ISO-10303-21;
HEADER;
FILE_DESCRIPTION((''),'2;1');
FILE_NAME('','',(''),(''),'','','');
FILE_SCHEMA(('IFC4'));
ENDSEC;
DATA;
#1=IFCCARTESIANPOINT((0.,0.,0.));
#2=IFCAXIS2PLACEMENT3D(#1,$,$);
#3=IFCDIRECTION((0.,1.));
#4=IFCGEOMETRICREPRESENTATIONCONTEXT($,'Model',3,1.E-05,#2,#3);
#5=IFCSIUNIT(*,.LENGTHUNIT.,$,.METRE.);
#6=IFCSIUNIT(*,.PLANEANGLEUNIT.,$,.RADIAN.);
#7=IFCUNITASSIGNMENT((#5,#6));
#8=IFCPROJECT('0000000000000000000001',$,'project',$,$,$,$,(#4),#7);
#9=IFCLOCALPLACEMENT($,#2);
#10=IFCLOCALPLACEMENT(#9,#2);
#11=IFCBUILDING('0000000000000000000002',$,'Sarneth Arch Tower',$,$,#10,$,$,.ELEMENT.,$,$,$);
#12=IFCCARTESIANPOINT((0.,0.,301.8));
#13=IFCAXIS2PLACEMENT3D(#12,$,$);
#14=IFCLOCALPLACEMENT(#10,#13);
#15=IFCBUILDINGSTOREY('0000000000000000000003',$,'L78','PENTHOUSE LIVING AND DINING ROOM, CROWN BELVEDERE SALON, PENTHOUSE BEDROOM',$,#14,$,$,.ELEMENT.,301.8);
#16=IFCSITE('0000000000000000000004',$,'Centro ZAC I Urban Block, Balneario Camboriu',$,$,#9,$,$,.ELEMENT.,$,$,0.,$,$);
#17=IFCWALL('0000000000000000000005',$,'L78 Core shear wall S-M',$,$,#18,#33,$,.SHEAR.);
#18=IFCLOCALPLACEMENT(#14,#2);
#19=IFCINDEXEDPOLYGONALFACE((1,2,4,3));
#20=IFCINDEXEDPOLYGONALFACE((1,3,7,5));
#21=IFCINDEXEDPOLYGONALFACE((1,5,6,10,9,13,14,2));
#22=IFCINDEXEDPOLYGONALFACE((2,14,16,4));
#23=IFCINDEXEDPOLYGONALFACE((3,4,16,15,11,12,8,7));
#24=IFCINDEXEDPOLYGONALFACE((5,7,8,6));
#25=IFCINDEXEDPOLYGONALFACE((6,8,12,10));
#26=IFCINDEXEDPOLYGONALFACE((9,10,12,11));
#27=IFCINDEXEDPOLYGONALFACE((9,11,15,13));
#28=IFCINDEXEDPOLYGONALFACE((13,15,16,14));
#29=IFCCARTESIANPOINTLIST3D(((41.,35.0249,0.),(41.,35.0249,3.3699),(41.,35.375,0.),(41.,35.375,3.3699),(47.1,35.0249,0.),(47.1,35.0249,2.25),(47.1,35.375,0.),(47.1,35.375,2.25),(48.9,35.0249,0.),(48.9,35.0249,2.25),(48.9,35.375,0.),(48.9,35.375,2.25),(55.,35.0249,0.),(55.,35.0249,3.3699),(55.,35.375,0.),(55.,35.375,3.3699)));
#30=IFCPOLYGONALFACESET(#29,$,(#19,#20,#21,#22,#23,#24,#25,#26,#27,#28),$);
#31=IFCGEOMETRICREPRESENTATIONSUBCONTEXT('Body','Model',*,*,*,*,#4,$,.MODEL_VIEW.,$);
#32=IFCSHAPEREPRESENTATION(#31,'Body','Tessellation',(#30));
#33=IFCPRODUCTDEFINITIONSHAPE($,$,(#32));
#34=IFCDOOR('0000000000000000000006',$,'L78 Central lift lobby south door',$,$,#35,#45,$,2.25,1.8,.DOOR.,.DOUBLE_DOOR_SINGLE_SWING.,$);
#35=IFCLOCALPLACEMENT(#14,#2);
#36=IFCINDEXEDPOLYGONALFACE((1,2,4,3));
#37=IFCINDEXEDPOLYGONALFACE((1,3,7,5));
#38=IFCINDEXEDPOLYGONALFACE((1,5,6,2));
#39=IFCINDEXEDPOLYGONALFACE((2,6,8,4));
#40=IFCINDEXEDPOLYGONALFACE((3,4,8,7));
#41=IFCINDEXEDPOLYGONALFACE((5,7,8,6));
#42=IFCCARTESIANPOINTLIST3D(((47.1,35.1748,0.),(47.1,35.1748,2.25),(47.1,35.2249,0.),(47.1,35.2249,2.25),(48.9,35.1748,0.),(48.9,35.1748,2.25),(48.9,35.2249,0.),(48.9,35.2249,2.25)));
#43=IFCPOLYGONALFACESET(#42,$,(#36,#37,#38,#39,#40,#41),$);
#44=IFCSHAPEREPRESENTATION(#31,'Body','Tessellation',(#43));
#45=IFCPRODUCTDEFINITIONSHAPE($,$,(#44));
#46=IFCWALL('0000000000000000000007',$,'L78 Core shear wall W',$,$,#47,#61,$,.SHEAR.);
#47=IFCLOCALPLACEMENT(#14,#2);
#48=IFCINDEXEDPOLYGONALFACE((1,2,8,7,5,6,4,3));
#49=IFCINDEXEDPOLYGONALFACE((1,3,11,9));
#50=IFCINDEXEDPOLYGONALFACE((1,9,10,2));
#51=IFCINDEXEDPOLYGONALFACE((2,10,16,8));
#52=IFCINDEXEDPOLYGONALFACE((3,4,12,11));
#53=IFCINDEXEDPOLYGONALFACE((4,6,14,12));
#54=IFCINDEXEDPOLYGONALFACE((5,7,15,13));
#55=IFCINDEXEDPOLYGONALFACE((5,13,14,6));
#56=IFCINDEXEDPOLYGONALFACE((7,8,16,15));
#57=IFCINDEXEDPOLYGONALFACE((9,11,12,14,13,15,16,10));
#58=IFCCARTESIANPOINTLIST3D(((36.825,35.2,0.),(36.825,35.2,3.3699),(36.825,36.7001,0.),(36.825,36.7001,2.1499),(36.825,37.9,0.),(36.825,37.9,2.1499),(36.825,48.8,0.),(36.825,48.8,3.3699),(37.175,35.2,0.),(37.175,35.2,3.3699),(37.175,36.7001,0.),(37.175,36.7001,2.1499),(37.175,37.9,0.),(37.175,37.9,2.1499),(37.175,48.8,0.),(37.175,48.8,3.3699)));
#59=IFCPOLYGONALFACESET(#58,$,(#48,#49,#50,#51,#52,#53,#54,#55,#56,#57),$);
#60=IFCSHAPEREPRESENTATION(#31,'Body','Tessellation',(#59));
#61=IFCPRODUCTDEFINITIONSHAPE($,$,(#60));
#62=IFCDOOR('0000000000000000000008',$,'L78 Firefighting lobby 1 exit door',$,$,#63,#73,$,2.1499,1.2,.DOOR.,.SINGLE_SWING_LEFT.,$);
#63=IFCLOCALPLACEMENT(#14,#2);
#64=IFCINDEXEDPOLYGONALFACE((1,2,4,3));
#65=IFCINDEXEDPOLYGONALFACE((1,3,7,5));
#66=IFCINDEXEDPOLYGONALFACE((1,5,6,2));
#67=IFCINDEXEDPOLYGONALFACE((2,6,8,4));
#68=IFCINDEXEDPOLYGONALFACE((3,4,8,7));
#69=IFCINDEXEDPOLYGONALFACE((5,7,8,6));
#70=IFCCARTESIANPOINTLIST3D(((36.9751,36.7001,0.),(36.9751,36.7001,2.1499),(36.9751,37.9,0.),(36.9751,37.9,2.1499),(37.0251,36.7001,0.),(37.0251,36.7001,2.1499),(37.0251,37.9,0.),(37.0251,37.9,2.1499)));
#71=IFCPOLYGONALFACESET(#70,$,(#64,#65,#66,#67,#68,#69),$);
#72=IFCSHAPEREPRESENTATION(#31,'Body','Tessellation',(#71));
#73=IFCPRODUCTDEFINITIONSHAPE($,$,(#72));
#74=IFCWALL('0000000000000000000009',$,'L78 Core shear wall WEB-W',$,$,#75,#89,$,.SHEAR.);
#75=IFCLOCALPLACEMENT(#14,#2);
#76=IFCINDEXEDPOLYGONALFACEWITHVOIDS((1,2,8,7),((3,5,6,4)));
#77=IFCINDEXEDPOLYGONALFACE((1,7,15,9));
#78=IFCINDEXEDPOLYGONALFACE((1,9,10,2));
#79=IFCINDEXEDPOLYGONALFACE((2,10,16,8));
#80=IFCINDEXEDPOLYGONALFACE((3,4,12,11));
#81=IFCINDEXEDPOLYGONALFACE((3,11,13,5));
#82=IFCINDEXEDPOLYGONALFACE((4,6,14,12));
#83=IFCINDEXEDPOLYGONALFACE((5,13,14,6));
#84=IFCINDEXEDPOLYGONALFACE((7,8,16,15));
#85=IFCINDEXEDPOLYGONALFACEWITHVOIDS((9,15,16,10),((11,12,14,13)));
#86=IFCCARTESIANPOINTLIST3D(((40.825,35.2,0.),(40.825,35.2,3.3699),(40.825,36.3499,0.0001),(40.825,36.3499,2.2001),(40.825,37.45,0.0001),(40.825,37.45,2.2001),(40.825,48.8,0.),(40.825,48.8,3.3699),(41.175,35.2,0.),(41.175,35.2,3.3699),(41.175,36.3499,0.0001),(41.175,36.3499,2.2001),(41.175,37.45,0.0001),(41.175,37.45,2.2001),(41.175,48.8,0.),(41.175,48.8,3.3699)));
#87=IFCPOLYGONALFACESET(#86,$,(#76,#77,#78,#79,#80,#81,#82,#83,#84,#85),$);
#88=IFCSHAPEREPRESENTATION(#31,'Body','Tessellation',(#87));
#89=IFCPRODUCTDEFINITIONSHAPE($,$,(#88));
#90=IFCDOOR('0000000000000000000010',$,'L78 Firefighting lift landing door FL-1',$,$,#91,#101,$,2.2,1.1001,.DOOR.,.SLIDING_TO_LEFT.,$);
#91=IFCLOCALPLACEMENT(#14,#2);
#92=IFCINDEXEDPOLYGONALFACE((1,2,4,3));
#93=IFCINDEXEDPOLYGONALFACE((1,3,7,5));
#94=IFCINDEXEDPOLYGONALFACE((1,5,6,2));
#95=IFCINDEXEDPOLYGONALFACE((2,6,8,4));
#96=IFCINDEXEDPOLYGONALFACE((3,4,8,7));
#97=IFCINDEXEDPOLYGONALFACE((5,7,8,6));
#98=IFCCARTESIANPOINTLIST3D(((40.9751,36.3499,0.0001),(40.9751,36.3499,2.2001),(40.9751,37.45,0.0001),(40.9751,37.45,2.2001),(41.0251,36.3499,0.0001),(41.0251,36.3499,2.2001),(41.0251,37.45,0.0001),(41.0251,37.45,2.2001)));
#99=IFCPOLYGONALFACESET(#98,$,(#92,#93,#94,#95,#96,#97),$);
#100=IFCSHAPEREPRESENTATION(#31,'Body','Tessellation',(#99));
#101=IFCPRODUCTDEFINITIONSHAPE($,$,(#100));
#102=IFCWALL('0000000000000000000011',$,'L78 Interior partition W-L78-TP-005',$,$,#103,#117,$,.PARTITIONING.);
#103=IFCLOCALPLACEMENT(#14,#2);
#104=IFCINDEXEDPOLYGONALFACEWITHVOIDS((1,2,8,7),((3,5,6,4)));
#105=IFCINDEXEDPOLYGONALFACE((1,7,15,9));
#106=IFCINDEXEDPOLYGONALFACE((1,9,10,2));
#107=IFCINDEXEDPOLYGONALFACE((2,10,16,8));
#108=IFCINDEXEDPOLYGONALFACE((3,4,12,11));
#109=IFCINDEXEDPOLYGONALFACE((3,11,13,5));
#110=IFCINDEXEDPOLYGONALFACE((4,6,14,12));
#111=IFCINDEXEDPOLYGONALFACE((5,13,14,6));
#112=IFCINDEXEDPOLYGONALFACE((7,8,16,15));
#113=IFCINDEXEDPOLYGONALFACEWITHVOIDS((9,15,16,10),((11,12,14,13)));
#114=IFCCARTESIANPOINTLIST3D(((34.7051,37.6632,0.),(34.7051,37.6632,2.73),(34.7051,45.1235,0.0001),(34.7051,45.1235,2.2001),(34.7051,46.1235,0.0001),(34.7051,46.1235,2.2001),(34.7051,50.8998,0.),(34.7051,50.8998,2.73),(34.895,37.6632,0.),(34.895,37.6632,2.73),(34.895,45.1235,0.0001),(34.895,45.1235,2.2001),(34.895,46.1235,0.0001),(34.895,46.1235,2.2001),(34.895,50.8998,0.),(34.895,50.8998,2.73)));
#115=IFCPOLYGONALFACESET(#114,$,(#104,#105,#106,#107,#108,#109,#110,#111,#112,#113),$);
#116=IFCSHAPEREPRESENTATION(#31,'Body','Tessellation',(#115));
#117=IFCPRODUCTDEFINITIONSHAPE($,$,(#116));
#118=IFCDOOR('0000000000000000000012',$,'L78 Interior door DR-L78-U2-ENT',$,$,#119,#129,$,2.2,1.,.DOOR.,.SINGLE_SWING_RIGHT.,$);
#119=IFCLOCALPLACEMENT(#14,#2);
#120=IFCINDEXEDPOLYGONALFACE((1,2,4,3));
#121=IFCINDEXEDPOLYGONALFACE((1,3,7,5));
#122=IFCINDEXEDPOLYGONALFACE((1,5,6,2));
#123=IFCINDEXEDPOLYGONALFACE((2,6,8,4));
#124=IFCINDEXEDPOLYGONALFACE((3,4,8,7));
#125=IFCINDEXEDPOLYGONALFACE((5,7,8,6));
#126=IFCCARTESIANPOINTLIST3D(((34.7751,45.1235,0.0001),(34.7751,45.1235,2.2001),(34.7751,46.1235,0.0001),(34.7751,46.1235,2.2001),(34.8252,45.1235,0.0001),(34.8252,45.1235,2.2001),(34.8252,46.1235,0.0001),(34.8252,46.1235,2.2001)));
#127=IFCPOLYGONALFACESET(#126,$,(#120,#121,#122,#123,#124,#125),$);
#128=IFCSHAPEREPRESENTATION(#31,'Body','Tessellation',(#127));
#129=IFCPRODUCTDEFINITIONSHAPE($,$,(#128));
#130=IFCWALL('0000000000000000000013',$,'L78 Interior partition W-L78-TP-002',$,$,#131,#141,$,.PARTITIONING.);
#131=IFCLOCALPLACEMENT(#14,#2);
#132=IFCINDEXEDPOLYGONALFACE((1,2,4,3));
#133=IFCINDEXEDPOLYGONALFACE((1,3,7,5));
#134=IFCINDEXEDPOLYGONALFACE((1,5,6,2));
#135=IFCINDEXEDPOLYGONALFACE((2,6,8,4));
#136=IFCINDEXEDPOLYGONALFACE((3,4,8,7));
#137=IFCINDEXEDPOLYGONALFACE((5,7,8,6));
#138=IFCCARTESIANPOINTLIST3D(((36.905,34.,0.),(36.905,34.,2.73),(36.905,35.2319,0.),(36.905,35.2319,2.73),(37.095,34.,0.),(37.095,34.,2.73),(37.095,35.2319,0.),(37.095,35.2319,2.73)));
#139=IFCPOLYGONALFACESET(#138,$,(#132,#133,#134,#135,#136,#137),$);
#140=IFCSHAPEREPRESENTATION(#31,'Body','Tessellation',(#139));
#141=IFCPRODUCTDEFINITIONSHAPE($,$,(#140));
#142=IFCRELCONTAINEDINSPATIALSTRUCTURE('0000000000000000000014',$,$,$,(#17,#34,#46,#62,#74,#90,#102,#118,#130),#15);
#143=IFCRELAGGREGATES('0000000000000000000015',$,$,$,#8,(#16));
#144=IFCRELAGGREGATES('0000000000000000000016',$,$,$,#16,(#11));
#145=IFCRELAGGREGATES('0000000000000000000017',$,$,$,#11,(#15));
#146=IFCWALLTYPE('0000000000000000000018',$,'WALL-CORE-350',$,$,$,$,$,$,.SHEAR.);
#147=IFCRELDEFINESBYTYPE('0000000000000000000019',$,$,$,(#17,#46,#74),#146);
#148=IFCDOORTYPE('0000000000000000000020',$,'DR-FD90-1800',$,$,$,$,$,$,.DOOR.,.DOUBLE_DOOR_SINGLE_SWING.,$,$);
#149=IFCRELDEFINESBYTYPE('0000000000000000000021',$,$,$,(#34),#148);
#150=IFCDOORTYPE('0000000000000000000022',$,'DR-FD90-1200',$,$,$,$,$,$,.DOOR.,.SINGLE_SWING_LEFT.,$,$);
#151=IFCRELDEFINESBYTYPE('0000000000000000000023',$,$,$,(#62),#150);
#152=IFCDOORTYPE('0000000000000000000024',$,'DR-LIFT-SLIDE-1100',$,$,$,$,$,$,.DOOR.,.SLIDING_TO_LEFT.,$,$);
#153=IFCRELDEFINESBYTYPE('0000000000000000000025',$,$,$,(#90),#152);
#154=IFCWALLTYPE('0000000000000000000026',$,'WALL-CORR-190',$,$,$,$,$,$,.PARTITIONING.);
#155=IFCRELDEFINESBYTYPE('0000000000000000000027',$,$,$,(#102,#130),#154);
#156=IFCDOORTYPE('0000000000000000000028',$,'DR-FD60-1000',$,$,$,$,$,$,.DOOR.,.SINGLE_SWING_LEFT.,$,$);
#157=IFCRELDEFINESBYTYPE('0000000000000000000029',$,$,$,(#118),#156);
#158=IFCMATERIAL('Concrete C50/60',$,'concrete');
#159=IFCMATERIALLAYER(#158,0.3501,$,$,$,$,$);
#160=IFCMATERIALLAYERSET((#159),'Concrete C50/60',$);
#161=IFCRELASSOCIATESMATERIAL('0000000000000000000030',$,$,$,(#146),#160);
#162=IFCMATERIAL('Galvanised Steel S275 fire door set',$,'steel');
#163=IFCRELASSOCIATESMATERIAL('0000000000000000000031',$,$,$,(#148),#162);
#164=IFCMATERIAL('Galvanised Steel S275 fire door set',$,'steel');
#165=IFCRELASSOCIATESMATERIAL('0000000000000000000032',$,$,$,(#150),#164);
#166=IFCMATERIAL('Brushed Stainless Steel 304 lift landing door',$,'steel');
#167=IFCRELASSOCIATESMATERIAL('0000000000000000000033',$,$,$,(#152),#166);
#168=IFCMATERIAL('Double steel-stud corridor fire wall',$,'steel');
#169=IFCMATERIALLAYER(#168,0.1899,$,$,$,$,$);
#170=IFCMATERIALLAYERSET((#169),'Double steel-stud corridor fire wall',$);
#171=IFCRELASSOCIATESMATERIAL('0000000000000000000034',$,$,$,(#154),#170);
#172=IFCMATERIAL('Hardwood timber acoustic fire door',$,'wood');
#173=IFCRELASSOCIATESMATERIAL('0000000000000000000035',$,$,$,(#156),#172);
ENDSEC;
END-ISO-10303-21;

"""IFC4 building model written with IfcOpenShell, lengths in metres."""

from ifc_helpers import new_model, si_unit, direction, frame, frame_2d, origin, place, context, subcontext, project, spatial, rectangle, extrude, material, layer, layer_set, type_object, element, fill, save


model = new_model("IFC4")

# Units and contexts
model_context = context("Model", 3, precision=1e-05, world=origin(), true_north=direction((0.0, 1.0)))
body_context = subcontext(model_context, "Body", "Model", "MODEL_VIEW")
ifc_project = project(units=[si_unit("LENGTHUNIT", "METRE"), si_unit("PLANEANGLEUNIT", "RADIAN")], contexts=[model_context])

# Site, building, storey
site_placement = place(None, origin())
site = spatial("IfcSite", under=ifc_project, at=site_placement, Name="Centro ZAC I Urban Block, Balneario Camboriu", CompositionType="ELEMENT", RefElevation=0.0)
building_placement = place(site_placement, origin())
building = spatial("IfcBuilding", under=site, at=building_placement, Name="Sarneth Arch Tower", CompositionType="ELEMENT")
storey_placement = place(building_placement, frame((0.0, 0.0, 301.8)))
storey = spatial("IfcBuildingStorey", under=building, at=storey_placement, Name="L78", Description="PENTHOUSE LIVING AND DINING ROOM, CROWN BELVEDERE SALON, PENTHOUSE BEDROOM", CompositionType="ELEMENT", Elevation=301.8)

# Shared definitions
ifc_material_1 = material(Name="Concrete C50/60", Category="concrete")
ifc_layer_1 = layer(ifc_material_1, 0.3501)
ifc_layer_set_1 = layer_set([ifc_layer_1], Name="Concrete C50/60")
wall_type_1 = type_object("IfcWallType", Name="WALL-CORE-350", PredefinedType="SHEAR", material=ifc_layer_set_1)

# Walls, openings, doors
wall_1_placement = place(storey_placement, frame((41.0, 35.2, 0.0), z_axis=(0.0, 0.0, 1.0), x_axis=(1.0, 0.0, 0.0)))
wall_1 = element("IfcWall", 1, at=wall_1_placement, inside=storey, type_object=wall_type_1, Name="L78 Core shear wall S-M", PredefinedType="SHEAR", context=body_context, shape_type="SweptSolid", body=[
    extrude(rectangle(XDim=14.0, YDim=0.3501, at=frame_2d((7.0, 0.0))), origin(), (0.0, 0.0, 1.0), 3.3699),
])
opening_1_placement = place(wall_1_placement, frame((6.1001, 0.0, 0.0)))
opening_1 = element("IfcOpeningElement", 2, at=opening_1_placement, cuts=wall_1, PredefinedType="OPENING", context=body_context, shape_type="SweptSolid", body=[
    extrude(rectangle(XDim=1.8, YDim=2.25, at=frame_2d((0.8999, 1.125))), frame((0.0, 0.1851, 0.0), z_axis=(0.0, -1.0, 0.0), x_axis=(1.0, 0.0, 0.0)), (0.0, 0.0, 1.0), 0.3701),
])
ifc_material_2 = material(Name="Galvanised Steel S275 fire door set", Category="steel")
door_type_1 = type_object("IfcDoorType", Name="DR-FD90-1800", OperationType="DOUBLE_DOOR_SINGLE_SWING", PredefinedType="DOOR", material=ifc_material_2)
door_1_placement = place(opening_1_placement, origin())
door_1 = element("IfcDoor", 3, at=door_1_placement, inside=storey, type_object=door_type_1, Name="L78 Central lift lobby south door", OperationType="DOUBLE_DOOR_SINGLE_SWING", OverallHeight=2.25, OverallWidth=1.8, PredefinedType="DOOR", context=body_context, shape_type="SweptSolid", body=[
    extrude(rectangle(XDim=1.8, YDim=2.25, at=frame_2d((0.8999, 1.125))), frame((0.0, 0.0249, 0.0), z_axis=(0.0, -1.0, 0.0), x_axis=(1.0, 0.0, 0.0)), (0.0, 0.0, 1.0), 0.05),
])
fill(opening_1, door_1)
wall_2_placement = place(storey_placement, frame((37.0, 35.2, 0.0), z_axis=(0.0, 0.0, 1.0), x_axis=(0.0, 1.0, 0.0)))
wall_2 = element("IfcWall", 4, at=wall_2_placement, inside=storey, type_object=wall_type_1, Name="L78 Core shear wall W", PredefinedType="SHEAR", context=body_context, shape_type="SweptSolid", body=[
    extrude(rectangle(XDim=13.6001, YDim=0.3501, at=frame_2d((6.8, 0.0))), origin(), (0.0, 0.0, 1.0), 3.3699),
])
opening_2_placement = place(wall_2_placement, frame((1.5, 0.0, 0.0)))
opening_2 = element("IfcOpeningElement", 5, at=opening_2_placement, cuts=wall_2, PredefinedType="OPENING", context=body_context, shape_type="SweptSolid", body=[
    extrude(rectangle(XDim=1.2, YDim=2.1499, at=frame_2d((0.6001, 1.075))), frame((0.0, 0.1851, 0.0), z_axis=(0.0, -1.0, 0.0), x_axis=(1.0, 0.0, 0.0)), (0.0, 0.0, 1.0), 0.3701),
])
ifc_material_3 = material(Name="Galvanised Steel S275 fire door set", Category="steel")
door_type_2 = type_object("IfcDoorType", Name="DR-FD90-1200", OperationType="SINGLE_SWING_LEFT", PredefinedType="DOOR", material=ifc_material_3)
door_2_placement = place(opening_2_placement, origin())
door_2 = element("IfcDoor", 6, at=door_2_placement, inside=storey, type_object=door_type_2, Name="L78 Firefighting lobby 1 exit door", OperationType="SINGLE_SWING_LEFT", OverallHeight=2.1499, OverallWidth=1.2, PredefinedType="DOOR", context=body_context, shape_type="SweptSolid", body=[
    extrude(rectangle(XDim=1.2, YDim=2.1499, at=frame_2d((0.6001, 1.075))), frame((0.0, 0.0249, 0.0), z_axis=(0.0, -1.0, 0.0), x_axis=(1.0, 0.0, 0.0)), (0.0, 0.0, 1.0), 0.05),
])
fill(opening_2, door_2)
wall_3_placement = place(storey_placement, frame((41.0, 35.2, 0.0), z_axis=(0.0, 0.0, 1.0), x_axis=(0.0, 1.0, 0.0)))
wall_3 = element("IfcWall", 7, at=wall_3_placement, inside=storey, type_object=wall_type_1, Name="L78 Core shear wall WEB-W", PredefinedType="SHEAR", context=body_context, shape_type="SweptSolid", body=[
    extrude(rectangle(XDim=13.6001, YDim=0.3501, at=frame_2d((6.8, 0.0))), origin(), (0.0, 0.0, 1.0), 3.3699),
])
opening_3_placement = place(wall_3_placement, frame((1.1499, 0.0, 0.0)))
opening_3 = element("IfcOpeningElement", 8, at=opening_3_placement, cuts=wall_3, PredefinedType="OPENING", context=body_context, shape_type="SweptSolid", body=[
    extrude(rectangle(XDim=1.1001, YDim=2.2, at=frame_2d((0.55, 1.1001))), frame((0.0, 0.1851, 0.0), z_axis=(0.0, -1.0, 0.0), x_axis=(1.0, 0.0, 0.0)), (0.0, 0.0, 1.0), 0.3701),
])
ifc_material_4 = material(Name="Brushed Stainless Steel 304 lift landing door", Category="steel")
door_type_3 = type_object("IfcDoorType", Name="DR-LIFT-SLIDE-1100", OperationType="SLIDING_TO_LEFT", PredefinedType="DOOR", material=ifc_material_4)
door_3_placement = place(opening_3_placement, origin())
door_3 = element("IfcDoor", 9, at=door_3_placement, inside=storey, type_object=door_type_3, Name="L78 Firefighting lift landing door FL-1", OperationType="SLIDING_TO_LEFT", OverallHeight=2.2, OverallWidth=1.1001, PredefinedType="DOOR", context=body_context, shape_type="SweptSolid", body=[
    extrude(rectangle(XDim=1.1001, YDim=2.2, at=frame_2d((0.55, 1.1001))), frame((0.0, 0.0249, 0.0), z_axis=(0.0, -1.0, 0.0), x_axis=(1.0, 0.0, 0.0)), (0.0, 0.0, 1.0), 0.05),
])
fill(opening_3, door_3)
ifc_material_5 = material(Name="Double steel-stud corridor fire wall", Category="steel")
ifc_layer_2 = layer(ifc_material_5, 0.1899)
ifc_layer_set_2 = layer_set([ifc_layer_2], Name="Double steel-stud corridor fire wall")
wall_type_2 = type_object("IfcWallType", Name="WALL-CORR-190", PredefinedType="PARTITIONING", material=ifc_layer_set_2)
wall_4_placement = place(storey_placement, frame((34.8, 37.6633, 0.0), z_axis=(0.0, 0.0, 1.0), x_axis=(0.0, 1.0, 0.0)))
wall_4 = element("IfcWall", 10, at=wall_4_placement, inside=storey, type_object=wall_type_2, Name="L78 Interior partition W-L78-TP-005", PredefinedType="PARTITIONING", context=body_context, shape_type="SweptSolid", body=[
    extrude(rectangle(XDim=13.2366, YDim=0.1899, at=frame_2d((6.6182, 0.0))), origin(), (0.0, 0.0, 1.0), 2.73),
])
opening_4_placement = place(wall_4_placement, frame((7.4602, 0.0, 0.0)))
opening_4 = element("IfcOpeningElement", 11, at=opening_4_placement, cuts=wall_4, PredefinedType="OPENING", context=body_context, shape_type="SweptSolid", body=[
    extrude(rectangle(XDim=1.0, YDim=2.2, at=frame_2d((0.5, 1.1001))), frame((0.0, 0.105, 0.0), z_axis=(0.0, -1.0, 0.0), x_axis=(1.0, 0.0, 0.0)), (0.0, 0.0, 1.0), 0.21),
])
ifc_material_6 = material(Name="Hardwood timber acoustic fire door", Category="wood")
door_type_4 = type_object("IfcDoorType", Name="DR-FD60-1000", OperationType="SINGLE_SWING_LEFT", PredefinedType="DOOR", material=ifc_material_6)
door_4_placement = place(opening_4_placement, origin())
door_4 = element("IfcDoor", 12, at=door_4_placement, inside=storey, type_object=door_type_4, Name="L78 Interior door DR-L78-U2-ENT", OperationType="SINGLE_SWING_RIGHT", OverallHeight=2.2, OverallWidth=1.0, PredefinedType="DOOR", context=body_context, shape_type="SweptSolid", body=[
    extrude(rectangle(XDim=1.0, YDim=2.2, at=frame_2d((0.5, 1.1001))), frame((0.0, 0.0249, 0.0), z_axis=(0.0, -1.0, 0.0), x_axis=(1.0, 0.0, 0.0)), (0.0, 0.0, 1.0), 0.05),
])
fill(opening_4, door_4)

# Wall
wall_5_placement = place(storey_placement, frame((37.0, 35.2319, 0.0), z_axis=(0.0, 0.0, 1.0), x_axis=(0.0, -1.0, 0.0)))
element("IfcWall", 13, at=wall_5_placement, inside=storey, type_object=wall_type_2, Name="L78 Interior partition W-L78-TP-002", PredefinedType="PARTITIONING", context=body_context, shape_type="SweptSolid", body=[
    extrude(rectangle(XDim=1.2319, YDim=0.1899, at=frame_2d((0.616, 0.0))), origin(), (0.0, 0.0, 1.0), 2.73),
])

save(model, "model.ifc")
